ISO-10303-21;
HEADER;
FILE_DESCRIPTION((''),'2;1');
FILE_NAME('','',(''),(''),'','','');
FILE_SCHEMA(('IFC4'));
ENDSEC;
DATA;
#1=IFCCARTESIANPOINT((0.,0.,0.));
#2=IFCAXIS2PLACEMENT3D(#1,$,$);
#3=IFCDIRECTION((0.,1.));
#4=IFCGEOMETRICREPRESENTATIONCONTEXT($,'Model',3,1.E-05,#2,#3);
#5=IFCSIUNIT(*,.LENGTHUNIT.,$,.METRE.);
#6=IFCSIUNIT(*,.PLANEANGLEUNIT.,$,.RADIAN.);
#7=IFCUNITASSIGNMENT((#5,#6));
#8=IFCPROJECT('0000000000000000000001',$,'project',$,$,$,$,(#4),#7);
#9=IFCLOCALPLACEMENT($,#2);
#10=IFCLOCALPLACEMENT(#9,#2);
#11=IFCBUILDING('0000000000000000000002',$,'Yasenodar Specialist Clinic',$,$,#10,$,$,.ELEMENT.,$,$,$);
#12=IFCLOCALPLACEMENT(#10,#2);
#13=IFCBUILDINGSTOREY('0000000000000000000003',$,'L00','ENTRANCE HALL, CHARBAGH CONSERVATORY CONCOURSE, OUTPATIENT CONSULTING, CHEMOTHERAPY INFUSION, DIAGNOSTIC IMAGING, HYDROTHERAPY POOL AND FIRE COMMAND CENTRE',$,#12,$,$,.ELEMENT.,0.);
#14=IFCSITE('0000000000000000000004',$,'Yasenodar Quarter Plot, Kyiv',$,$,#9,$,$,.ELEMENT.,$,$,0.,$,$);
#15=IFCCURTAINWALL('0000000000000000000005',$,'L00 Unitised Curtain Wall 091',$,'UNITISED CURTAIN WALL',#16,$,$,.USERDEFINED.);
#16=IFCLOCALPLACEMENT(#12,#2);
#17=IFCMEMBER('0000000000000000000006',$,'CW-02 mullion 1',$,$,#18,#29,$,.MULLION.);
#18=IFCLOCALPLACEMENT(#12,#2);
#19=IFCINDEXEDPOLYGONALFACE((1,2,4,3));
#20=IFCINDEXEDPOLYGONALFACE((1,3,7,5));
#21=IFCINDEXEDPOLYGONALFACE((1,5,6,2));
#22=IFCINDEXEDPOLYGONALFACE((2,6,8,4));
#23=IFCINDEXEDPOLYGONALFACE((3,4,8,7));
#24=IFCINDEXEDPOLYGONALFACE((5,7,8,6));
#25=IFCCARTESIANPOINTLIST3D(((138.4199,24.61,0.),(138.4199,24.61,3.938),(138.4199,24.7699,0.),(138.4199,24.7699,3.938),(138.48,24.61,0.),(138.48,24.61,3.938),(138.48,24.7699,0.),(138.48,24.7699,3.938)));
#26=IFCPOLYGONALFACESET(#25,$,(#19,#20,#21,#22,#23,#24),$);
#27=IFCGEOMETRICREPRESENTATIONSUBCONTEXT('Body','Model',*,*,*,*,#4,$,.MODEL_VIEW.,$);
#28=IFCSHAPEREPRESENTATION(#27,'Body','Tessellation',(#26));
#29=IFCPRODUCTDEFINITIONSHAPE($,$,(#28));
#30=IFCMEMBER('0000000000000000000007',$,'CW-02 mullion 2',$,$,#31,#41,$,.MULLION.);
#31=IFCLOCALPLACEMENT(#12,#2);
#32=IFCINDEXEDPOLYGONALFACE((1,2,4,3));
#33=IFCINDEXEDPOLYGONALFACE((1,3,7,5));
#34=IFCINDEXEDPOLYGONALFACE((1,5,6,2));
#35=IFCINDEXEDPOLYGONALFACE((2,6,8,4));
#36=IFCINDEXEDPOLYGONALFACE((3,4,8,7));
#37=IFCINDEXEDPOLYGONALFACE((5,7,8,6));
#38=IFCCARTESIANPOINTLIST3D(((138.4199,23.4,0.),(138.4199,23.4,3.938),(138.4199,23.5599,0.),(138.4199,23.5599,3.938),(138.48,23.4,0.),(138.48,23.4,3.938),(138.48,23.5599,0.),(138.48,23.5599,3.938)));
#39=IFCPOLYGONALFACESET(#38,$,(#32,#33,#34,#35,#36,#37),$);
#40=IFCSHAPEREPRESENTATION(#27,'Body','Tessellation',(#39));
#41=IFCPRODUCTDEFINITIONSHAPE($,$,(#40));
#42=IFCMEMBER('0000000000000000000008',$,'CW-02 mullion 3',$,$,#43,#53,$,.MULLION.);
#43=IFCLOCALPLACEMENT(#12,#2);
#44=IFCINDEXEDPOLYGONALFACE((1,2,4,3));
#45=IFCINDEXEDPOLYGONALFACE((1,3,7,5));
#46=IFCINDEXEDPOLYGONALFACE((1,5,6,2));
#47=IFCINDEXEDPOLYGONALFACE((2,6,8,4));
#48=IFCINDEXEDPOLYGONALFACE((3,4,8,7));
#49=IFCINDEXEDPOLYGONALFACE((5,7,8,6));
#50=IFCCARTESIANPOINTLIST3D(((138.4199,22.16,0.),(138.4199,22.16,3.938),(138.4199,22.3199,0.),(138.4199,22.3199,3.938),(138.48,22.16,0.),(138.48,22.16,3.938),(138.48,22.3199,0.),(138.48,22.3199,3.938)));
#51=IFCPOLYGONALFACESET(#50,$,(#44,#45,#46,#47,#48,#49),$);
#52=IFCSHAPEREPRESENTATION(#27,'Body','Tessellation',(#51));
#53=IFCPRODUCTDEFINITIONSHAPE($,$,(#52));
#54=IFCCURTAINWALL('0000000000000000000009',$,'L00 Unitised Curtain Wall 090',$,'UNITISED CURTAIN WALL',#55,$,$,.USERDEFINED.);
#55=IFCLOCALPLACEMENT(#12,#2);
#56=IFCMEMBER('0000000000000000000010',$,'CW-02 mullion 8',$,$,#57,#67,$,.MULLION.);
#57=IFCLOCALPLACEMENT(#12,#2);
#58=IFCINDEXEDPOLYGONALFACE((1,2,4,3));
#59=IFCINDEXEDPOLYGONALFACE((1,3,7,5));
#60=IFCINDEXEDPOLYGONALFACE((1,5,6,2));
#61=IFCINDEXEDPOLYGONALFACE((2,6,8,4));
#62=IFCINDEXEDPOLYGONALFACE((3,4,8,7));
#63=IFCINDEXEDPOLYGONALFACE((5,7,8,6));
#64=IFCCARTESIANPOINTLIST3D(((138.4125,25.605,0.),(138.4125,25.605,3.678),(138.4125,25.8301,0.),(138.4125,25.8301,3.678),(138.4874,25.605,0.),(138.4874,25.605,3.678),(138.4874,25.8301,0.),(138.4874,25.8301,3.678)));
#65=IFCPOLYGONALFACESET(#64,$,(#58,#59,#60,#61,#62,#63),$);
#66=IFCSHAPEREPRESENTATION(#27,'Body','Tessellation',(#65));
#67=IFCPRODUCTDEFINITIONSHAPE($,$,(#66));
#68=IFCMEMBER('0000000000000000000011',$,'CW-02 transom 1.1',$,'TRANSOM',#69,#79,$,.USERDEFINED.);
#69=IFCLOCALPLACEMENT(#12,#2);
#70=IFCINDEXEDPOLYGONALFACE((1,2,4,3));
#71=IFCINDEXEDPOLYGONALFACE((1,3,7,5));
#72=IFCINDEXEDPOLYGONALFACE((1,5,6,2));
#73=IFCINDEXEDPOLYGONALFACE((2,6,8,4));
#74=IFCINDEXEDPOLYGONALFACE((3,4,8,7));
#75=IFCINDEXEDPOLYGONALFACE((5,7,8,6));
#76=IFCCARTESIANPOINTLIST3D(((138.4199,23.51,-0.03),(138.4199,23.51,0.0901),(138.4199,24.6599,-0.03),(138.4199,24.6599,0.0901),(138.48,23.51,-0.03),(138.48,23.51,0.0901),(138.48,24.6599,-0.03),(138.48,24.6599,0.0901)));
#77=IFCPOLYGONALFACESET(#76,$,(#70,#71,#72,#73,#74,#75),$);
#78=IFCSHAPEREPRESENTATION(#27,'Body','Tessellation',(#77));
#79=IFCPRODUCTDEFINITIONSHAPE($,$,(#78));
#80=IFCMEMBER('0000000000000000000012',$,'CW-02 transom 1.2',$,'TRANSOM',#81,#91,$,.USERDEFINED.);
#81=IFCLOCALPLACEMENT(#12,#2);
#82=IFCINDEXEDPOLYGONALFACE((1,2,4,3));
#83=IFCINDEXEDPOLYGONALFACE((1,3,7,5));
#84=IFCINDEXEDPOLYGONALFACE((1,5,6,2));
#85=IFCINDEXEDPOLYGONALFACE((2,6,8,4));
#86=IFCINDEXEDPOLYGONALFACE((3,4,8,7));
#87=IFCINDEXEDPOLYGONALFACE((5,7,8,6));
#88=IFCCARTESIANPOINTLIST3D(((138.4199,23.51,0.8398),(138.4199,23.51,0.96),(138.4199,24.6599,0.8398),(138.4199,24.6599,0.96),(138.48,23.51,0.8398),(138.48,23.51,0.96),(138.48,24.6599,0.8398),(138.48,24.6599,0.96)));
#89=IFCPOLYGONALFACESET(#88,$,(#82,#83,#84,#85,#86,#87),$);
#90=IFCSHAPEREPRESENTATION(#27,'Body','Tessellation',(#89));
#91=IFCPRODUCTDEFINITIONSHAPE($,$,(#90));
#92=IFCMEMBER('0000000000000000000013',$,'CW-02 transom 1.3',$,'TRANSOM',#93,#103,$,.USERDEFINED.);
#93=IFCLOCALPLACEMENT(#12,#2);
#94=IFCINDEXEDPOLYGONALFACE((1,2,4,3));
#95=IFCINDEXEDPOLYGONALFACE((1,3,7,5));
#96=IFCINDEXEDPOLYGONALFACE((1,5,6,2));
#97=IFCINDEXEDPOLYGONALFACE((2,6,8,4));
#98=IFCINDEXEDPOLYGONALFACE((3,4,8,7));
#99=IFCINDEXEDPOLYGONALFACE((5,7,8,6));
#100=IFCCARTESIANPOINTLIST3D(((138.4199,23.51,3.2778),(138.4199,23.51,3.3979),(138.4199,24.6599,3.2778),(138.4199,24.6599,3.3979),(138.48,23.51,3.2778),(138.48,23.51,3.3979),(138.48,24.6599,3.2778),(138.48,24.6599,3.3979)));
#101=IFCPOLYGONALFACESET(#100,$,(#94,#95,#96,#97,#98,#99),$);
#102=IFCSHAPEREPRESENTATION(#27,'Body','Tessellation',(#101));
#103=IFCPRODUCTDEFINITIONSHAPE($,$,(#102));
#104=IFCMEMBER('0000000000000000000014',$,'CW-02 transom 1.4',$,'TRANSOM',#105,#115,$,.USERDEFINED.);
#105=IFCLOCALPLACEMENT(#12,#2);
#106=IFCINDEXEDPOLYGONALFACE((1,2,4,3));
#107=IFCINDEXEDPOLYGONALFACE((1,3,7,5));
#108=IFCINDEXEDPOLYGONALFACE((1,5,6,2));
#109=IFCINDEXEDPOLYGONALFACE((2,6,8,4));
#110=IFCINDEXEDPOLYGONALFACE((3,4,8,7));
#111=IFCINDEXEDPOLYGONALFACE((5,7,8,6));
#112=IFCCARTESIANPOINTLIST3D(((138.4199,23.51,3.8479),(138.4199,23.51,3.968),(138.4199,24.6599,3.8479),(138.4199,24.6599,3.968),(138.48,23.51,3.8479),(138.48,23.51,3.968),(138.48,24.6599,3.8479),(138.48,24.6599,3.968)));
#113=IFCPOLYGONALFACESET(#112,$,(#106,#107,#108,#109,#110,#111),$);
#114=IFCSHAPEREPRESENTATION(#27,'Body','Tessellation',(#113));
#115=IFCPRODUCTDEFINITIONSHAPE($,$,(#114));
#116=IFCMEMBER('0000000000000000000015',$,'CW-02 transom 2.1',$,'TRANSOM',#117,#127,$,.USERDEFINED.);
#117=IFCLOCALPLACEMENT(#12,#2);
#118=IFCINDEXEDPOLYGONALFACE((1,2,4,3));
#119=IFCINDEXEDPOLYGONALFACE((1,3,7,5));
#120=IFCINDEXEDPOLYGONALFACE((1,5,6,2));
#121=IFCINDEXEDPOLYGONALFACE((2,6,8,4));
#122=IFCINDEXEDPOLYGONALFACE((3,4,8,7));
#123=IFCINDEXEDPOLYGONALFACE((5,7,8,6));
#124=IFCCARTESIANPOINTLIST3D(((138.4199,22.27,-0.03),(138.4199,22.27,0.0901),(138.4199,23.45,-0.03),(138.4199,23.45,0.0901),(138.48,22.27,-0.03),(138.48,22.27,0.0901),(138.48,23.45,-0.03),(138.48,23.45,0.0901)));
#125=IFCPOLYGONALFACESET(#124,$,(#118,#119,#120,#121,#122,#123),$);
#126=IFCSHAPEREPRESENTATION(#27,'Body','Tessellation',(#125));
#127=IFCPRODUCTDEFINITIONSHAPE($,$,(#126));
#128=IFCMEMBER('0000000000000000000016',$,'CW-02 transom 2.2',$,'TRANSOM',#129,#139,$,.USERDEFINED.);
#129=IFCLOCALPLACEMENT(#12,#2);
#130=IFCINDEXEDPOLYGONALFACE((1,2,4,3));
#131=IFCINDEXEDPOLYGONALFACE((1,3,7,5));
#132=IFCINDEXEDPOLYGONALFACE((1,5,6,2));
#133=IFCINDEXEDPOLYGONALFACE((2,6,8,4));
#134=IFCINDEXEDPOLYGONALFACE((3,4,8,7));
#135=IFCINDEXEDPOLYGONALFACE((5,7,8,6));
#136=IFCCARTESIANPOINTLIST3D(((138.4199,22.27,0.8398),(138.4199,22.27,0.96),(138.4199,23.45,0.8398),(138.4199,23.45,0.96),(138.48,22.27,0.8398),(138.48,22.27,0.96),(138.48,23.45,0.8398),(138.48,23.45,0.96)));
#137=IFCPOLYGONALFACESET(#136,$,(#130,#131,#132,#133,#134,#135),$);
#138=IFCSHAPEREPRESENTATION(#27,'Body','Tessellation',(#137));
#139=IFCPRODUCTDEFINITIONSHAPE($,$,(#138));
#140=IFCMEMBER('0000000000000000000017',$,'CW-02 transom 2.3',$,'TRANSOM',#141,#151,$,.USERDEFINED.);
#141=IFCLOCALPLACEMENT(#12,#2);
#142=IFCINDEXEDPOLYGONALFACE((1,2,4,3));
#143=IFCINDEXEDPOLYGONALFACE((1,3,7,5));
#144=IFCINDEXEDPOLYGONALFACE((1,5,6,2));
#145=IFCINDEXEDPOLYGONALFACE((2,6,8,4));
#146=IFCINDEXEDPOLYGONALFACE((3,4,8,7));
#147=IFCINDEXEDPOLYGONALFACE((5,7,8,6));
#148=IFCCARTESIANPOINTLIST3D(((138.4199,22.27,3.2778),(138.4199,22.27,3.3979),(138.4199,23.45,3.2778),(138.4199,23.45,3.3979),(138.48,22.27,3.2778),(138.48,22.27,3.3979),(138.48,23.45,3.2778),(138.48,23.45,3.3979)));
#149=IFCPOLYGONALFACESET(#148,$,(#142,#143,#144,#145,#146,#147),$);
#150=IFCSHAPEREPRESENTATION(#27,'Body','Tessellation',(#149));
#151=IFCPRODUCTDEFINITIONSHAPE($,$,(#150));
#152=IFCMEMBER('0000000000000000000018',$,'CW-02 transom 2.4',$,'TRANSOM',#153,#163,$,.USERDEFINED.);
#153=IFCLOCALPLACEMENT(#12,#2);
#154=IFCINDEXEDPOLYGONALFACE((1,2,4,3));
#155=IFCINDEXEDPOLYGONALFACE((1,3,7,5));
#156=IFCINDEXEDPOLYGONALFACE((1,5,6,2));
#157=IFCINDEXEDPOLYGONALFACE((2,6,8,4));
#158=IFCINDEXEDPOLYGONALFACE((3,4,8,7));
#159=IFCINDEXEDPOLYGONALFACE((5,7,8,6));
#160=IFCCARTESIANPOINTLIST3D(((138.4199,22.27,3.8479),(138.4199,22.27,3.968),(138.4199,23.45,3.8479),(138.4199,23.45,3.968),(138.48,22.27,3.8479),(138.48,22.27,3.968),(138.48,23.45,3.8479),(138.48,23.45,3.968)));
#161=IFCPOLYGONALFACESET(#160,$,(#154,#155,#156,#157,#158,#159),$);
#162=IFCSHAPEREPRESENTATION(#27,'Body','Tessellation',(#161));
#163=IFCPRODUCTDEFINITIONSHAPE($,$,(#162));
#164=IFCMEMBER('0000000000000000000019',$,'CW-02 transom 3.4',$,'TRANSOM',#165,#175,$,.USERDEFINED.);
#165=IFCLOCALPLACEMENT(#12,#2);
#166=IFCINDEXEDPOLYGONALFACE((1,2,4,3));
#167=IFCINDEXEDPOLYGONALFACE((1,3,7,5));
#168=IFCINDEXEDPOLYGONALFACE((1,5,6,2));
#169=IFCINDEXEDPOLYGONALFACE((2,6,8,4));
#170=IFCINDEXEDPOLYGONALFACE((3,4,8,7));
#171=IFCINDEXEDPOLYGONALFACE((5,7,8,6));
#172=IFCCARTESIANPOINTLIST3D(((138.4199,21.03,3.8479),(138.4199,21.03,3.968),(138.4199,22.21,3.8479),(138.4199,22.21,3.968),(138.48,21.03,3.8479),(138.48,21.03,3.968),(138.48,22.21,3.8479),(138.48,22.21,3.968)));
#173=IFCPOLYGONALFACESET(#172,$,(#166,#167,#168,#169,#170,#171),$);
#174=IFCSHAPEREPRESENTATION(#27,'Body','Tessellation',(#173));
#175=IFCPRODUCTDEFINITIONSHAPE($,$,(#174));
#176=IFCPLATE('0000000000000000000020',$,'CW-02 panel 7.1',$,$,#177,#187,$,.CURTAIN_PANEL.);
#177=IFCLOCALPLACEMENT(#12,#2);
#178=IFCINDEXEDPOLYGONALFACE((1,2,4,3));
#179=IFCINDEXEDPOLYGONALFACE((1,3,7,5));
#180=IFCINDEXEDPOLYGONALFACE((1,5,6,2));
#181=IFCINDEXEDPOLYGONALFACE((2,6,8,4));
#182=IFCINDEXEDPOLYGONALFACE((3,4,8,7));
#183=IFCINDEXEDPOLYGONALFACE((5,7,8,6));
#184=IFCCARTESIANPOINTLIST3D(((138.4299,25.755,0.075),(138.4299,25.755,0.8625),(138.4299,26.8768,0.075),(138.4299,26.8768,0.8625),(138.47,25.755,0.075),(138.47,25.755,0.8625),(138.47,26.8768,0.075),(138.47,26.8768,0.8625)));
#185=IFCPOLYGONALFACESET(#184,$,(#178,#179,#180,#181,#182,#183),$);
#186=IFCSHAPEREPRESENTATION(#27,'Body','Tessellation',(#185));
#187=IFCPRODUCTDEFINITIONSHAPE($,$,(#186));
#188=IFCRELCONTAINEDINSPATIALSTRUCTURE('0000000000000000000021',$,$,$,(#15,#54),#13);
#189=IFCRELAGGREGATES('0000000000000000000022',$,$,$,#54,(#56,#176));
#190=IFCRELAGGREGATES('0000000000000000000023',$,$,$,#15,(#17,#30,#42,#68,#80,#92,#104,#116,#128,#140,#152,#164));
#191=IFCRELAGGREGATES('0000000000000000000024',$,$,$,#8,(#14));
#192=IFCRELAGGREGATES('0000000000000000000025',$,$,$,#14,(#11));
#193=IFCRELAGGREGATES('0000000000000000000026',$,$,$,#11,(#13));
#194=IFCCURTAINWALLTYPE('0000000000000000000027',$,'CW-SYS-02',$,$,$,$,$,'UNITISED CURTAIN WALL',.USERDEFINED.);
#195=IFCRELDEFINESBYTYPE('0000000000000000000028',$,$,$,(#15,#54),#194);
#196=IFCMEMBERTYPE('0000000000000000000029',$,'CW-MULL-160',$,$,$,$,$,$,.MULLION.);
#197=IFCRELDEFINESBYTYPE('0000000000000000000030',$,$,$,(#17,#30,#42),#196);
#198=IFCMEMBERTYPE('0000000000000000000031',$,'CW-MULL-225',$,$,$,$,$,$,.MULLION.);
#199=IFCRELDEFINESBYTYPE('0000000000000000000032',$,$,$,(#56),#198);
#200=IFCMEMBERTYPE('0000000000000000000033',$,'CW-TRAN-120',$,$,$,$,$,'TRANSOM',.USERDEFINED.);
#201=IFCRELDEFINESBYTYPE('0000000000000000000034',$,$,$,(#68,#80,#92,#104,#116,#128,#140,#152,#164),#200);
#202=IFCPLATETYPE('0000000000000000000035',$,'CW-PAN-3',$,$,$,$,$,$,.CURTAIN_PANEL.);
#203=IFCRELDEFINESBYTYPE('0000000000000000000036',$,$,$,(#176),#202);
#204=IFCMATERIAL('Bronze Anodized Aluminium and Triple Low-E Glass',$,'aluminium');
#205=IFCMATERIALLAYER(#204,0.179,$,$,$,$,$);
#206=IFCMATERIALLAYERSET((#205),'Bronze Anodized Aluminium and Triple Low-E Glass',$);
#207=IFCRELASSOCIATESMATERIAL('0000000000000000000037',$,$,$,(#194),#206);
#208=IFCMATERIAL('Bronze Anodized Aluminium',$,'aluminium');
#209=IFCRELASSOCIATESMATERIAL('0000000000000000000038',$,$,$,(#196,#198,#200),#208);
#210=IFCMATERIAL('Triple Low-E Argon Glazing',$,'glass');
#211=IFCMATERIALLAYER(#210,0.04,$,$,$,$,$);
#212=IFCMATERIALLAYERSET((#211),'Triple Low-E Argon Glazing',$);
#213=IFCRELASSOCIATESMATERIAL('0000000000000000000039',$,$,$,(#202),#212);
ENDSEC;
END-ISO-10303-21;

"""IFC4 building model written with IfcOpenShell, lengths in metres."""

from ifc_helpers import new_model, si_unit, direction, frame, origin, origin_2d, place, context, subcontext, project, spatial, rectangle, extrude, material, layer, layer_set, material_profile, profile_set, type_object, element, aggregate, save


model = new_model("IFC4")

# Units and contexts
model_context = context("Model", 3, precision=1e-05, world=origin(), true_north=direction((0.0, 1.0)))
body_context = subcontext(model_context, "Body", "Model", "MODEL_VIEW")
ifc_project = project(units=[si_unit("LENGTHUNIT", "METRE"), si_unit("PLANEANGLEUNIT", "RADIAN")], contexts=[model_context])

# Site, building, storey
site_placement = place(None, origin())
site = spatial("IfcSite", under=ifc_project, at=site_placement, Name="Yasenodar Quarter Plot, Kyiv", CompositionType="ELEMENT", RefElevation=0.0)
building_placement = place(site_placement, origin())
building = spatial("IfcBuilding", under=site, at=building_placement, Name="Yasenodar Specialist Clinic", CompositionType="ELEMENT")
storey_placement = place(building_placement, origin())
storey = spatial("IfcBuildingStorey", under=building, at=storey_placement, Name="L00", Description="ENTRANCE HALL, CHARBAGH CONSERVATORY CONCOURSE, OUTPATIENT CONSULTING, CHEMOTHERAPY INFUSION, DIAGNOSTIC IMAGING, HYDROTHERAPY POOL AND FIRE COMMAND CENTRE", CompositionType="ELEMENT", Elevation=0.0)

# Curtain wall, members
ifc_material_1 = material(Name="Bronze Anodized Aluminium and Triple Low-E Glass", Category="aluminium")
ifc_layer_1 = layer(ifc_material_1, 0.179)
ifc_layer_set_1 = layer_set([ifc_layer_1], Name="Bronze Anodized Aluminium and Triple Low-E Glass")
curtain_wall_type = type_object("IfcCurtainWallType", Name="CW-SYS-02", ElementType="UNITISED CURTAIN WALL", PredefinedType="USERDEFINED", material=ifc_layer_set_1)
curtain_wall_1_placement = place(storey_placement, origin())
curtain_wall_1 = element("IfcCurtainWall", 1, at=curtain_wall_1_placement, inside=storey, type_object=curtain_wall_type, Name="L00 Unitised Curtain Wall 091", ObjectType="UNITISED CURTAIN WALL", PredefinedType="USERDEFINED")
ifc_material_2 = material(Name="Bronze Anodized Aluminium", Category="aluminium")
ifc_material_profile_1 = material_profile(ifc_material_2, rectangle(XDim=0.0601, YDim=0.1599, at=origin_2d()), Name="CW-MULL 60x160")
ifc_profile_set_1 = profile_set([ifc_material_profile_1], Name="Bronze Anodized Aluminium")
member_type_1 = type_object("IfcMemberType", Name="CW-MULL-160", PredefinedType="MULLION", material=ifc_profile_set_1)
member_1_placement = place(storey_placement, frame((138.45, 24.6899, 0.0), z_axis=(0.0, 0.0, 1.0), x_axis=(1.0, 0.0, 0.0)))
member_1 = element("IfcMember", 2, at=member_1_placement, type_object=member_type_1, Name="CW-02 mullion 1", PredefinedType="MULLION", context=body_context, shape_type="SweptSolid", body=[
    extrude(rectangle(XDim=0.0601, YDim=0.1599, at=origin_2d()), origin(), (0.0, 0.0, 1.0), 3.938),
])
member_2_placement = place(storey_placement, frame((138.45, 23.48, 0.0), z_axis=(0.0, 0.0, 1.0), x_axis=(1.0, 0.0, 0.0)))
member_2 = element("IfcMember", 3, at=member_2_placement, type_object=member_type_1, Name="CW-02 mullion 2", PredefinedType="MULLION", context=body_context, shape_type="SweptSolid", body=[
    extrude(rectangle(XDim=0.0601, YDim=0.1599, at=origin_2d()), origin(), (0.0, 0.0, 1.0), 3.938),
])
member_3_placement = place(storey_placement, frame((138.45, 22.24, 0.0), z_axis=(0.0, 0.0, 1.0), x_axis=(1.0, 0.0, 0.0)))
member_3 = element("IfcMember", 4, at=member_3_placement, type_object=member_type_1, Name="CW-02 mullion 3", PredefinedType="MULLION", context=body_context, shape_type="SweptSolid", body=[
    extrude(rectangle(XDim=0.0601, YDim=0.1599, at=origin_2d()), origin(), (0.0, 0.0, 1.0), 3.938),
])

# Curtain wall, member
curtain_wall_2_placement = place(storey_placement, origin())
curtain_wall_2 = element("IfcCurtainWall", 5, at=curtain_wall_2_placement, inside=storey, type_object=curtain_wall_type, Name="L00 Unitised Curtain Wall 090", ObjectType="UNITISED CURTAIN WALL", PredefinedType="USERDEFINED")
ifc_material_profile_2 = material_profile(ifc_material_2, rectangle(XDim=0.075, YDim=0.2251, at=origin_2d()), Name="CW-MULL 75x225")
ifc_profile_set_2 = profile_set([ifc_material_profile_2], Name="Bronze Anodized Aluminium")
member_type_2 = type_object("IfcMemberType", Name="CW-MULL-225", PredefinedType="MULLION", material=ifc_profile_set_2)
member_4_placement = place(storey_placement, frame((138.45, 25.7175, 0.0), z_axis=(0.0, 0.0, 1.0), x_axis=(1.0, 0.0, 0.0)))
member_4 = element("IfcMember", 6, at=member_4_placement, type_object=member_type_2, Name="CW-02 mullion 8", PredefinedType="MULLION", context=body_context, shape_type="SweptSolid", body=[
    extrude(rectangle(XDim=0.075, YDim=0.2251, at=origin_2d()), origin(), (0.0, 0.0, 1.0), 3.678),
])

# Members
ifc_material_profile_3 = material_profile(ifc_material_2, rectangle(XDim=0.0601, YDim=0.1201, at=origin_2d()), Name="CW-TRAN 60x120")
ifc_profile_set_3 = profile_set([ifc_material_profile_3], Name="Bronze Anodized Aluminium")
member_type_3 = type_object("IfcMemberType", Name="CW-TRAN-120", ElementType="TRANSOM", PredefinedType="USERDEFINED", material=ifc_profile_set_3)
member_5_placement = place(storey_placement, frame((138.45, 24.6599, 0.03), z_axis=(0.0, -1.0, 0.0), x_axis=(1.0, 0.0, 0.0)))
member_5 = element("IfcMember", 7, at=member_5_placement, type_object=member_type_3, Name="CW-02 transom 1.1", ObjectType="TRANSOM", PredefinedType="USERDEFINED", context=body_context, shape_type="SweptSolid", body=[
    extrude(rectangle(XDim=0.0601, YDim=0.1201, at=origin_2d()), origin(), (0.0, 0.0, 1.0), 1.1499),
])
member_6_placement = place(storey_placement, frame((138.45, 24.6599, 0.8999), z_axis=(0.0, -1.0, 0.0), x_axis=(1.0, 0.0, 0.0)))
member_6 = element("IfcMember", 8, at=member_6_placement, type_object=member_type_3, Name="CW-02 transom 1.2", ObjectType="TRANSOM", PredefinedType="USERDEFINED", context=body_context, shape_type="SweptSolid", body=[
    extrude(rectangle(XDim=0.0601, YDim=0.1201, at=origin_2d()), origin(), (0.0, 0.0, 1.0), 1.1499),
])
member_7_placement = place(storey_placement, frame((138.45, 24.6599, 3.3379), z_axis=(0.0, -1.0, 0.0), x_axis=(1.0, 0.0, 0.0)))
member_7 = element("IfcMember", 9, at=member_7_placement, type_object=member_type_3, Name="CW-02 transom 1.3", ObjectType="TRANSOM", PredefinedType="USERDEFINED", context=body_context, shape_type="SweptSolid", body=[
    extrude(rectangle(XDim=0.0601, YDim=0.1201, at=origin_2d()), origin(), (0.0, 0.0, 1.0), 1.1499),
])
member_8_placement = place(storey_placement, frame((138.45, 24.6599, 3.908), z_axis=(0.0, -1.0, 0.0), x_axis=(1.0, 0.0, 0.0)))
member_8 = element("IfcMember", 10, at=member_8_placement, type_object=member_type_3, Name="CW-02 transom 1.4", ObjectType="TRANSOM", PredefinedType="USERDEFINED", context=body_context, shape_type="SweptSolid", body=[
    extrude(rectangle(XDim=0.0601, YDim=0.1201, at=origin_2d()), origin(), (0.0, 0.0, 1.0), 1.1499),
])
member_9_placement = place(storey_placement, frame((138.45, 23.45, 0.03), z_axis=(0.0, -1.0, 0.0), x_axis=(1.0, 0.0, 0.0)))
member_9 = element("IfcMember", 11, at=member_9_placement, type_object=member_type_3, Name="CW-02 transom 2.1", ObjectType="TRANSOM", PredefinedType="USERDEFINED", context=body_context, shape_type="SweptSolid", body=[
    extrude(rectangle(XDim=0.0601, YDim=0.1201, at=origin_2d()), origin(), (0.0, 0.0, 1.0), 1.1799),
])
member_10_placement = place(storey_placement, frame((138.45, 23.45, 0.8999), z_axis=(0.0, -1.0, 0.0), x_axis=(1.0, 0.0, 0.0)))
member_10 = element("IfcMember", 12, at=member_10_placement, type_object=member_type_3, Name="CW-02 transom 2.2", ObjectType="TRANSOM", PredefinedType="USERDEFINED", context=body_context, shape_type="SweptSolid", body=[
    extrude(rectangle(XDim=0.0601, YDim=0.1201, at=origin_2d()), origin(), (0.0, 0.0, 1.0), 1.1799),
])
member_11_placement = place(storey_placement, frame((138.45, 23.45, 3.3379), z_axis=(0.0, -1.0, 0.0), x_axis=(1.0, 0.0, 0.0)))
member_11 = element("IfcMember", 13, at=member_11_placement, type_object=member_type_3, Name="CW-02 transom 2.3", ObjectType="TRANSOM", PredefinedType="USERDEFINED", context=body_context, shape_type="SweptSolid", body=[
    extrude(rectangle(XDim=0.0601, YDim=0.1201, at=origin_2d()), origin(), (0.0, 0.0, 1.0), 1.1799),
])
member_12_placement = place(storey_placement, frame((138.45, 23.45, 3.908), z_axis=(0.0, -1.0, 0.0), x_axis=(1.0, 0.0, 0.0)))
member_12 = element("IfcMember", 14, at=member_12_placement, type_object=member_type_3, Name="CW-02 transom 2.4", ObjectType="TRANSOM", PredefinedType="USERDEFINED", context=body_context, shape_type="SweptSolid", body=[
    extrude(rectangle(XDim=0.0601, YDim=0.1201, at=origin_2d()), origin(), (0.0, 0.0, 1.0), 1.1799),
])
member_13_placement = place(storey_placement, frame((138.45, 22.21, 3.908), z_axis=(0.0, -1.0, 0.0), x_axis=(1.0, 0.0, 0.0)))
member_13 = element("IfcMember", 15, at=member_13_placement, type_object=member_type_3, Name="CW-02 transom 3.4", ObjectType="TRANSOM", PredefinedType="USERDEFINED", context=body_context, shape_type="SweptSolid", body=[
    extrude(rectangle(XDim=0.0601, YDim=0.1201, at=origin_2d()), origin(), (0.0, 0.0, 1.0), 1.1799),
])

# Plate
ifc_material_3 = material(Name="Triple Low-E Argon Glazing", Category="glass")
ifc_layer_2 = layer(ifc_material_3, 0.04)
ifc_layer_set_2 = layer_set([ifc_layer_2], Name="Triple Low-E Argon Glazing")
plate_type_1 = type_object("IfcPlateType", Name="CW-PAN-3", PredefinedType="CURTAIN_PANEL", material=ifc_layer_set_2)
plate_1_placement = place(storey_placement, frame((138.45, 26.3159, 0.075), z_axis=(0.0, 0.0, 1.0), x_axis=(0.0, -1.0, 0.0)))
plate_1 = element("IfcPlate", 16, at=plate_1_placement, type_object=plate_type_1, Name="CW-02 panel 7.1", PredefinedType="CURTAIN_PANEL", context=body_context, shape_type="SweptSolid", body=[
    extrude(rectangle(XDim=1.1218, YDim=0.04, at=origin_2d()), origin(), (0.0, 0.0, 1.0), 0.7876),
])
aggregate(curtain_wall_2, [member_4, plate_1])
aggregate(curtain_wall_1, [member_1, member_2, member_3, member_5, member_6, member_7, member_8, member_9, member_10, member_11, member_12, member_13])

save(model, "model.ifc")
